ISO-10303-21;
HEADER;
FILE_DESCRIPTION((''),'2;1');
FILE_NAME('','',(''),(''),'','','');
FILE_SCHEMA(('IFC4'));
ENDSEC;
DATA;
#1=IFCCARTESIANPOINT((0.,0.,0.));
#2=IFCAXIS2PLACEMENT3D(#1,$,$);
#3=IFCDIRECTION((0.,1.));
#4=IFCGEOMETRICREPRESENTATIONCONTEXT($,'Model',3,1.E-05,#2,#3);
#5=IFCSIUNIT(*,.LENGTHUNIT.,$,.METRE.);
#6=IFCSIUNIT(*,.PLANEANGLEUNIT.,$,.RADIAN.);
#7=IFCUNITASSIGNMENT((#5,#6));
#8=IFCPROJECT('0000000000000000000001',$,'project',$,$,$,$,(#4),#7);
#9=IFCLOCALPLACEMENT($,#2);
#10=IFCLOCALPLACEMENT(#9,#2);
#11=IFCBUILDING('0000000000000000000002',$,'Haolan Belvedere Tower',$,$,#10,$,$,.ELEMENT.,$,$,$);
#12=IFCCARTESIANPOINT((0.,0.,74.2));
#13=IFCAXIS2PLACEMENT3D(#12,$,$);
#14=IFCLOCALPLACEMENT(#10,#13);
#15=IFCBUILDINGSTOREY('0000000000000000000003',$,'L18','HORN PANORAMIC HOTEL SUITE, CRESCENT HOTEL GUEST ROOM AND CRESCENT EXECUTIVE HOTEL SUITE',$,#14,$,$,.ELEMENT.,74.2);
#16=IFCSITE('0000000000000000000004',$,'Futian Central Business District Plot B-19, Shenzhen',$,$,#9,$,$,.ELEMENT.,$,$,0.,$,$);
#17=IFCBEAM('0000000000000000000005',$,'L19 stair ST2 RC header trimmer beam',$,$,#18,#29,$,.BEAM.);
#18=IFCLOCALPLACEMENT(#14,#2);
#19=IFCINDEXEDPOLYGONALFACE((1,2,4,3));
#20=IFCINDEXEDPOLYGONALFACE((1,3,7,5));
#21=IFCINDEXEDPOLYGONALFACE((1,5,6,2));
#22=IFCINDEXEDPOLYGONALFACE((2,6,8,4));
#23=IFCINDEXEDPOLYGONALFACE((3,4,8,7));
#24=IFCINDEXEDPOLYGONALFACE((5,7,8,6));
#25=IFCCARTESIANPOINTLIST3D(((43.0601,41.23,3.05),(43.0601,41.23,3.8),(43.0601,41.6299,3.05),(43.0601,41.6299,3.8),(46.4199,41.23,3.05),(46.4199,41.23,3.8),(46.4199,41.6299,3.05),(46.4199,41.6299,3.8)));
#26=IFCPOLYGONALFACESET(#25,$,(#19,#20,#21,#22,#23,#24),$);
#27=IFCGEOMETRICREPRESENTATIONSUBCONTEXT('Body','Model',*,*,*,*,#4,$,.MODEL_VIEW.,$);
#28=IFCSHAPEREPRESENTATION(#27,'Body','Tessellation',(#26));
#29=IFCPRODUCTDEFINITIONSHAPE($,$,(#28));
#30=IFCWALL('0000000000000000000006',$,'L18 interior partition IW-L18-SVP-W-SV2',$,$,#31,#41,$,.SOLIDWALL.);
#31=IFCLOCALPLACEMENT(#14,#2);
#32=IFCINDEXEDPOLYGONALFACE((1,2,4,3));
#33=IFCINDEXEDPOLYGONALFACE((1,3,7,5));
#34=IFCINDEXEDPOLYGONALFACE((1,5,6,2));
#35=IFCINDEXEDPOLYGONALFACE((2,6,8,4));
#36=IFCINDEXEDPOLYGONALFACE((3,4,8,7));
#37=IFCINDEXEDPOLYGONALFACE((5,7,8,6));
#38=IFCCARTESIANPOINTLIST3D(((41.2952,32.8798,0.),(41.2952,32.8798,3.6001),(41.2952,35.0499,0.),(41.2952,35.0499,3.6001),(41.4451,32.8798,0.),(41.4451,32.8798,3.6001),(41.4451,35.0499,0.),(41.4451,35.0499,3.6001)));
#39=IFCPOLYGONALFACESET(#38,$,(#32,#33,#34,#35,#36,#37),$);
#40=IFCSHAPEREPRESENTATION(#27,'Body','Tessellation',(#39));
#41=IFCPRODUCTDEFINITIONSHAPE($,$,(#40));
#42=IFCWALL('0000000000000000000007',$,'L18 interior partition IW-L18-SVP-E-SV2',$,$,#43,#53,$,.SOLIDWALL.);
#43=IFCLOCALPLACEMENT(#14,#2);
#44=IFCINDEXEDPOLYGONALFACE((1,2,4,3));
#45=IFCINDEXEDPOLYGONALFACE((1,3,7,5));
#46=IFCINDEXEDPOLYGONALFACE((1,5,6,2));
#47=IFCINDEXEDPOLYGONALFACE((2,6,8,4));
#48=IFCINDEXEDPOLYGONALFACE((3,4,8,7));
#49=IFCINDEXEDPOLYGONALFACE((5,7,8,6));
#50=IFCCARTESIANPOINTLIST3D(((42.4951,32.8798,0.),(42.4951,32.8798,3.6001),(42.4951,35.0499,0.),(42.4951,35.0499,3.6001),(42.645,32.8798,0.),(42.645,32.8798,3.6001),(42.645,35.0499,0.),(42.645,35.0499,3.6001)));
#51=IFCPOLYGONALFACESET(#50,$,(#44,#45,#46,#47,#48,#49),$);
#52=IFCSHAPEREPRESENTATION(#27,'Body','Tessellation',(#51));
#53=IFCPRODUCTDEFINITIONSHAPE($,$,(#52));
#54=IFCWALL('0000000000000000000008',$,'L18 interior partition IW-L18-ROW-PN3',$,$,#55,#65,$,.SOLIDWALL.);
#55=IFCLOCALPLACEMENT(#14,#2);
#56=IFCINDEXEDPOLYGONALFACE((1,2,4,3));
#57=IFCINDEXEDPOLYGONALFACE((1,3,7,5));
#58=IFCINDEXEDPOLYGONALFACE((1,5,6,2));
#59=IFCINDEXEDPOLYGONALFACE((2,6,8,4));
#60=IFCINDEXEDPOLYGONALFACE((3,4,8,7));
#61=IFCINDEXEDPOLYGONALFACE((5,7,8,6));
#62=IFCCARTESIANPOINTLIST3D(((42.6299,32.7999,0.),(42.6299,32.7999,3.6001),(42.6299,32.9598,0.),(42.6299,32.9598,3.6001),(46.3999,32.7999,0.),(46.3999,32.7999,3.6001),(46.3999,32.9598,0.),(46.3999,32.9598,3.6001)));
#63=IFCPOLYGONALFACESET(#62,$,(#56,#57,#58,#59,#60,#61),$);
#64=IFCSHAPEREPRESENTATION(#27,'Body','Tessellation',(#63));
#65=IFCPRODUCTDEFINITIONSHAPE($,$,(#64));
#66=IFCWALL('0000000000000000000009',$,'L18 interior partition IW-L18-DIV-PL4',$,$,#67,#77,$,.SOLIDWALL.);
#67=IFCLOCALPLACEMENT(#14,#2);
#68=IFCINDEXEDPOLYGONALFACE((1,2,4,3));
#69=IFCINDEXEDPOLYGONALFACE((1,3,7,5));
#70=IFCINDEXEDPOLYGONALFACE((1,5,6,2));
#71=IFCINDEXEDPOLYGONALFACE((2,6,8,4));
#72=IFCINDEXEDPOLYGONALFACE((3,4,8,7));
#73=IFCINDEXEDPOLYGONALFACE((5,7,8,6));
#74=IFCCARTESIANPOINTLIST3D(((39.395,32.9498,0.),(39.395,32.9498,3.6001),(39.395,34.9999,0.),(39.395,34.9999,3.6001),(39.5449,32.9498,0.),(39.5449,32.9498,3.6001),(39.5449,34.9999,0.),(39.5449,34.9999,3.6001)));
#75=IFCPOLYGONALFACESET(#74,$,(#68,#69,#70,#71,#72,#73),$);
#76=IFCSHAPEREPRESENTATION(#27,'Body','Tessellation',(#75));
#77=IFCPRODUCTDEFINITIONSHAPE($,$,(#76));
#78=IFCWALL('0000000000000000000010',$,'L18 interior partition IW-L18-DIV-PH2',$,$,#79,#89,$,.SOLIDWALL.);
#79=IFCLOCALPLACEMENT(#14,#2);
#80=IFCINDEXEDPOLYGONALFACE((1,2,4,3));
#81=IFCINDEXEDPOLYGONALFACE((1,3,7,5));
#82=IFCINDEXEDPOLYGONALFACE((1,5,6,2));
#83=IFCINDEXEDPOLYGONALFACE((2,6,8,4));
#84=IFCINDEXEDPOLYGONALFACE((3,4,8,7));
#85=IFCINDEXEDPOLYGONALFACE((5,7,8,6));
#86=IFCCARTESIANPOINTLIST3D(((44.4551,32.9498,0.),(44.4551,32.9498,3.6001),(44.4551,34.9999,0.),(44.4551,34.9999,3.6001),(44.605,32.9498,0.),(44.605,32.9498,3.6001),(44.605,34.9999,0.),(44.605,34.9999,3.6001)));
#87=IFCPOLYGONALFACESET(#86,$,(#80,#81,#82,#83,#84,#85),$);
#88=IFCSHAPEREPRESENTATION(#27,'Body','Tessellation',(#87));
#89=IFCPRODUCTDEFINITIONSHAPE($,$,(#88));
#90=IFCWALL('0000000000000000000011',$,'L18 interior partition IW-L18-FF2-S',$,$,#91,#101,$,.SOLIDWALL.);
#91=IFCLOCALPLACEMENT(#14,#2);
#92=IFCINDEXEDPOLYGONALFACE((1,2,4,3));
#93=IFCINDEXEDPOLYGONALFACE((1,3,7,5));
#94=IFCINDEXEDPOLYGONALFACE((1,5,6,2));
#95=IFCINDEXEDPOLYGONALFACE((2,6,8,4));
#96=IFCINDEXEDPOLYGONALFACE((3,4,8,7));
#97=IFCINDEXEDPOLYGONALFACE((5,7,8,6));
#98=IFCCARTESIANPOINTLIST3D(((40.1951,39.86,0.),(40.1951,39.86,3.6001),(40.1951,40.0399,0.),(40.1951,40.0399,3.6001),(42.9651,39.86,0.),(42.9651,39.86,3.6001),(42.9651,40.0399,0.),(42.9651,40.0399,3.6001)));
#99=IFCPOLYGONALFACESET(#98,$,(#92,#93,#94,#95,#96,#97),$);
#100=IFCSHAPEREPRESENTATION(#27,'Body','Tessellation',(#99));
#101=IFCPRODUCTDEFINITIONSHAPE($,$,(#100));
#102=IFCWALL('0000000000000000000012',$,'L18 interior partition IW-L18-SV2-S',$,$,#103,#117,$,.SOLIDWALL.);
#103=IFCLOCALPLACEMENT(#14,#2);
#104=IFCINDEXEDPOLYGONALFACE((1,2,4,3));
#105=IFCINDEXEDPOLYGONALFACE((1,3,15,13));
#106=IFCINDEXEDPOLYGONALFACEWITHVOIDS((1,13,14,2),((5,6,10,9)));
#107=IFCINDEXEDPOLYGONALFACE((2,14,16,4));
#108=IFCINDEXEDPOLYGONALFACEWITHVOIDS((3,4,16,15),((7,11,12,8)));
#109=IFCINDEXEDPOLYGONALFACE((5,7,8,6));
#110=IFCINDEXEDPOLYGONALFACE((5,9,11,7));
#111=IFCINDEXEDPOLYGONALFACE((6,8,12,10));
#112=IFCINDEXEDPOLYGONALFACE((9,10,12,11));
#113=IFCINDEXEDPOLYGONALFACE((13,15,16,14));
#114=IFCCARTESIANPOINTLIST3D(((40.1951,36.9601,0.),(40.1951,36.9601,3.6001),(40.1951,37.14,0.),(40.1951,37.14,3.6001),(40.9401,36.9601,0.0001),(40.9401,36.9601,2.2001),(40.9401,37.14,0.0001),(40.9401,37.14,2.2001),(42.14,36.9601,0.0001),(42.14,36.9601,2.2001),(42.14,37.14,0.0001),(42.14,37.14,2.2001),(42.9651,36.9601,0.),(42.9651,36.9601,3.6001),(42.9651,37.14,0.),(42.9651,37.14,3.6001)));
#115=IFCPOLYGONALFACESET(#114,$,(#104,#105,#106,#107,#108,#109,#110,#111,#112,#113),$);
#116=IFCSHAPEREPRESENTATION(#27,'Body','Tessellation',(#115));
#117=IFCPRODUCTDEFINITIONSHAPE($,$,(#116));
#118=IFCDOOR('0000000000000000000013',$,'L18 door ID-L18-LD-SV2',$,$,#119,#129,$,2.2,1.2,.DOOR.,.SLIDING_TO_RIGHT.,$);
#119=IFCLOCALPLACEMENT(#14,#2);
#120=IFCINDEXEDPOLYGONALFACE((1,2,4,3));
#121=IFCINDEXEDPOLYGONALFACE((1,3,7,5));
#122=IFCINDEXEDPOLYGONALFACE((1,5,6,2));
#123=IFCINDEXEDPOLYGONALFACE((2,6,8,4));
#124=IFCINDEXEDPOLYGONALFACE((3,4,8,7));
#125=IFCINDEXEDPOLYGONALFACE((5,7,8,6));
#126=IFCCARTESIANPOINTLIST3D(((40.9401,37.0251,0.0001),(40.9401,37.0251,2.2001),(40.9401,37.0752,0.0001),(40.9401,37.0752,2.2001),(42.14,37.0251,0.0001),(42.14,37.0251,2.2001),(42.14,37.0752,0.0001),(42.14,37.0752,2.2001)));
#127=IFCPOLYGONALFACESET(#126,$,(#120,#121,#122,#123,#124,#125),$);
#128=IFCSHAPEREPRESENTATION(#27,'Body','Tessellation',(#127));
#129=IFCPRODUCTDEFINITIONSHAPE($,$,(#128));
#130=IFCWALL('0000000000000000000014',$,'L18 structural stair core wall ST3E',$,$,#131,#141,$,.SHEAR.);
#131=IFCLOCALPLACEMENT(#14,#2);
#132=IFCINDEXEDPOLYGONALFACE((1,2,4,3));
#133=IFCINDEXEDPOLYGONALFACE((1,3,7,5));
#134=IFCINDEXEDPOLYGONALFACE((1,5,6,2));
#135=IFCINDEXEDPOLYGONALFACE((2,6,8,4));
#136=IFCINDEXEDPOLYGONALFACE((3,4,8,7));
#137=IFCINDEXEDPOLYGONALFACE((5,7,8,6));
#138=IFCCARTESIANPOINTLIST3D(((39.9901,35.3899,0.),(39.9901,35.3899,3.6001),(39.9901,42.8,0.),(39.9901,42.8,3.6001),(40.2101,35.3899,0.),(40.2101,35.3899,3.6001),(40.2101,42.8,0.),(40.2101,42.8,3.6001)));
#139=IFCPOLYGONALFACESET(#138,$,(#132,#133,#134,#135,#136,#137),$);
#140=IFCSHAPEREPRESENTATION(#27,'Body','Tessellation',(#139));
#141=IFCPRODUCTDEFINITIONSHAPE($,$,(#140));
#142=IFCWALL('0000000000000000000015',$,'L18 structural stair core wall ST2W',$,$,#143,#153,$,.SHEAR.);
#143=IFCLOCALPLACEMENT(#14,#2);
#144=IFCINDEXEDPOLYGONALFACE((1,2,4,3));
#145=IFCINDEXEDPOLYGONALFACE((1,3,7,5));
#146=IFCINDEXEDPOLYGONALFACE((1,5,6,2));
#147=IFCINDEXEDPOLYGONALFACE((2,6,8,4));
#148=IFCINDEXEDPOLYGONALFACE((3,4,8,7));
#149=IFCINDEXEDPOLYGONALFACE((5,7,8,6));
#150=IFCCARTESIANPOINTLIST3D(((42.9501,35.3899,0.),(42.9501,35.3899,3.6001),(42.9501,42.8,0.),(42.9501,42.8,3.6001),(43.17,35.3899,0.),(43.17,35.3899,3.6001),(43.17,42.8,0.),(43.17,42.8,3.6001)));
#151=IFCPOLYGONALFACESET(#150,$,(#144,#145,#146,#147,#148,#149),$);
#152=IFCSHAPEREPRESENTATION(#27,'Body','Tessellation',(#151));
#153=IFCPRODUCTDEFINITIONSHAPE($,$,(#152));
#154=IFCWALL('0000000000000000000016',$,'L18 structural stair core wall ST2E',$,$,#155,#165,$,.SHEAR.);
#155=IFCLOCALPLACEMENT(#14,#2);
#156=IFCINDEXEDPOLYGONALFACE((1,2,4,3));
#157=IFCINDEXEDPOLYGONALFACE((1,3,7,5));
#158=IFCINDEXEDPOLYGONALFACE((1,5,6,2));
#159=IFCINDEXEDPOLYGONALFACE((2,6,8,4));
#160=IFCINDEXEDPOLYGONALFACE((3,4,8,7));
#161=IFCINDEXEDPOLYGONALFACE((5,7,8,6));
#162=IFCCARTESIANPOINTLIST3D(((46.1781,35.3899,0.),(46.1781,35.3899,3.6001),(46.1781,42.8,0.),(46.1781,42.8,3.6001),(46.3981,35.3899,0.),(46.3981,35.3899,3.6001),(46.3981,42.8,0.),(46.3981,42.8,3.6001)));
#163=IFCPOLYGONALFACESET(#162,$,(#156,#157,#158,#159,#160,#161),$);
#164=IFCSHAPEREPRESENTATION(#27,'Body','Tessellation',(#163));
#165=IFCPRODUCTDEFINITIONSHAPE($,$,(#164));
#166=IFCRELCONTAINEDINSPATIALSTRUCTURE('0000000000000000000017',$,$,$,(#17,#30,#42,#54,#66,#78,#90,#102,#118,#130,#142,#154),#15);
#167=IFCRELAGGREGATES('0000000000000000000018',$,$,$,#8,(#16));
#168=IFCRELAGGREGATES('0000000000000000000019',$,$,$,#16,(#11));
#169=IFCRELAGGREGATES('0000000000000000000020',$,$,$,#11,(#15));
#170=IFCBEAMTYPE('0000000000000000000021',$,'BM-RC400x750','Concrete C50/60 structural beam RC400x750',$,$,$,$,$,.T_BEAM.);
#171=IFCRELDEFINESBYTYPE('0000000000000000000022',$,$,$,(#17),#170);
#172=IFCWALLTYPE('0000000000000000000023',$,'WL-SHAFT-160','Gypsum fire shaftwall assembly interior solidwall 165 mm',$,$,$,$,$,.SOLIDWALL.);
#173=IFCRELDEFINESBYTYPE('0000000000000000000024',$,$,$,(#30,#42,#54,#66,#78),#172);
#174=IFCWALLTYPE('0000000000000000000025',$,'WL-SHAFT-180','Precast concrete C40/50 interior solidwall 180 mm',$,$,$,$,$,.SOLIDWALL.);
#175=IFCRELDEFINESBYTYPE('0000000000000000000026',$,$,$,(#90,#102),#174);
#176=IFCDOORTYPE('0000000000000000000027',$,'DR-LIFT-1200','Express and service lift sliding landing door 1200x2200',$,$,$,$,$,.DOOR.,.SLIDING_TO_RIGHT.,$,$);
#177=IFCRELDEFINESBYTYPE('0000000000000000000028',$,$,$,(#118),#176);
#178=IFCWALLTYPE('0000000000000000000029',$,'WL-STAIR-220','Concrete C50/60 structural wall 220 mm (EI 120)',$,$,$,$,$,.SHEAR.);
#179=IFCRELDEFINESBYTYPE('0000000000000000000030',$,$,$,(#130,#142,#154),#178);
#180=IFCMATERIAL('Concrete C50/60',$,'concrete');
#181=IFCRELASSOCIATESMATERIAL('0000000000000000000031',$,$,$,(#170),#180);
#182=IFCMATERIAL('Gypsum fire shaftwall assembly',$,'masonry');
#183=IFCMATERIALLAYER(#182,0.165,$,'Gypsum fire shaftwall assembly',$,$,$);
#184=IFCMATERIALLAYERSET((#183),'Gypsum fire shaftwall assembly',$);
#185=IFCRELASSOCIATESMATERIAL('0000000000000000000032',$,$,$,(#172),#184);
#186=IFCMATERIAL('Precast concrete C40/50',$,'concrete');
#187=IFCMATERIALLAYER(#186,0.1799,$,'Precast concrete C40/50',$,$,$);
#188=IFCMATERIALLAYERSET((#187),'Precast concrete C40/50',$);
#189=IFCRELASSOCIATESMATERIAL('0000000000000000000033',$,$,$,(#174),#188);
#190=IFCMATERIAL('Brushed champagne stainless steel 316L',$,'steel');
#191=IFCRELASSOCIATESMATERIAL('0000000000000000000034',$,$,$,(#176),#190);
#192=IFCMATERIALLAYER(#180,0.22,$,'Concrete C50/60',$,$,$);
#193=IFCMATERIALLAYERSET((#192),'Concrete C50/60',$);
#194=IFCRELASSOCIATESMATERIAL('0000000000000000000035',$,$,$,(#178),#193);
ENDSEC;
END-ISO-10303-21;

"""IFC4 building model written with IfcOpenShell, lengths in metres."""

from ifc_helpers import new_model, si_unit, direction, frame, frame_2d, origin, origin_2d, place, context, subcontext, project, spatial, rectangle, extrude, material, layer, layer_set, material_profile, profile_set, type_object, element, fill, save


model = new_model("IFC4")

# Units and contexts
model_context = context("Model", 3, precision=1e-05, world=origin(), true_north=direction((0.0, 1.0)))
body_context = subcontext(model_context, "Body", "Model", "MODEL_VIEW")
ifc_project = project(units=[si_unit("LENGTHUNIT", "METRE"), si_unit("PLANEANGLEUNIT", "RADIAN")], contexts=[model_context])

# Site, building, storey
site_placement = place(None, origin())
site = spatial("IfcSite", under=ifc_project, at=site_placement, Name="Futian Central Business District Plot B-19, Shenzhen", CompositionType="ELEMENT", RefElevation=0.0)
building_placement = place(site_placement, origin())
building = spatial("IfcBuilding", under=site, at=building_placement, Name="Haolan Belvedere Tower", CompositionType="ELEMENT")
storey_placement = place(building_placement, frame((0.0, 0.0, 74.2)))
storey = spatial("IfcBuildingStorey", under=building, at=storey_placement, Name="L18", Description="HORN PANORAMIC HOTEL SUITE, CRESCENT HOTEL GUEST ROOM AND CRESCENT EXECUTIVE HOTEL SUITE", CompositionType="ELEMENT", Elevation=74.2)

# Beam
ifc_material_1 = material(Name="Concrete C50/60", Category="concrete")
ifc_material_profile = material_profile(ifc_material_1, rectangle(XDim=0.3999, YDim=0.75, at=origin_2d()), Name="Concrete C50/60")
ifc_profile_set = profile_set([ifc_material_profile], Name="Concrete C50/60")
beam_type = type_object("IfcBeamType", Name="BM-RC400x750", Description="Concrete C50/60 structural beam RC400x750", PredefinedType="T_BEAM", material=ifc_profile_set)
beam_placement = place(storey_placement, frame((43.0601, 41.4299, 3.425), z_axis=(1.0, 0.0, 0.0), x_axis=(0.0, 1.0, 0.0)))
element("IfcBeam", 1, at=beam_placement, inside=storey, type_object=beam_type, Name="L19 stair ST2 RC header trimmer beam", PredefinedType="BEAM", context=body_context, shape_type="SweptSolid", body=[
    extrude(rectangle(XDim=0.3999, YDim=0.75, at=origin_2d()), origin(), (0.0, 0.0, 1.0), 3.3599),
])

# Walls
ifc_material_2 = material(Name="Gypsum fire shaftwall assembly", Category="masonry")
ifc_layer_1 = layer(ifc_material_2, 0.165, Name="Gypsum fire shaftwall assembly")
ifc_layer_set_1 = layer_set([ifc_layer_1], Name="Gypsum fire shaftwall assembly")
wall_type_1 = type_object("IfcWallType", Name="WL-SHAFT-160", Description="Gypsum fire shaftwall assembly interior solidwall 165 mm", PredefinedType="SOLIDWALL", material=ifc_layer_set_1)
for number, where, z_axis, x_axis, name in (
    (2, (41.3701, 32.8799, 0.0), (0.0, 0.0, 1.0), (0.0, 1.0, 0.0), "L18 interior partition IW-L18-SVP-W-SV2"),
    (3, (42.5701, 32.8799, 0.0), (0.0, 0.0, 1.0), (0.0, 1.0, 0.0), "L18 interior partition IW-L18-SVP-E-SV2"),
):
    element("IfcWall", number, at=place(storey_placement, frame(where, z_axis=z_axis, x_axis=x_axis)), inside=storey, type_object=wall_type_1, Name=name, PredefinedType="SOLIDWALL", context=body_context, shape_type="SweptSolid", body=[
        extrude(rectangle(XDim=2.1702, YDim=0.1499, at=frame_2d((1.085, 0.0))), origin(), (0.0, 0.0, 1.0), 3.6001),
    ])
wall_1_placement = place(storey_placement, frame((42.6299, 32.8799, 0.0), z_axis=(0.0, 0.0, 1.0), x_axis=(1.0, 0.0, 0.0)))
element("IfcWall", 4, at=wall_1_placement, inside=storey, type_object=wall_type_1, Name="L18 interior partition IW-L18-ROW-PN3", PredefinedType="SOLIDWALL", context=body_context, shape_type="SweptSolid", body=[
    extrude(rectangle(XDim=3.77, YDim=0.1599, at=frame_2d((1.885, 0.0))), origin(), (0.0, 0.0, 1.0), 3.6001),
])
for number, where, z_axis, x_axis, name in (
    (5, (39.47, 32.95, 0.0), (0.0, 0.0, 1.0), (0.0, 1.0, 0.0), "L18 interior partition IW-L18-DIV-PL4"),
    (6, (44.53, 32.95, 0.0), (0.0, 0.0, 1.0), (0.0, 1.0, 0.0), "L18 interior partition IW-L18-DIV-PH2"),
):
    element("IfcWall", number, at=place(storey_placement, frame(where, z_axis=z_axis, x_axis=x_axis)), inside=storey, type_object=wall_type_1, Name=name, PredefinedType="SOLIDWALL", context=body_context, shape_type="SweptSolid", body=[
        extrude(rectangle(XDim=2.05, YDim=0.1499, at=frame_2d((1.0249, 0.0))), origin(), (0.0, 0.0, 1.0), 3.6001),
    ])
ifc_material_3 = material(Name="Precast concrete C40/50", Category="concrete")
ifc_layer_2 = layer(ifc_material_3, 0.1799, Name="Precast concrete C40/50")
ifc_layer_set_2 = layer_set([ifc_layer_2], Name="Precast concrete C40/50")
wall_type_2 = type_object("IfcWallType", Name="WL-SHAFT-180", Description="Precast concrete C40/50 interior solidwall 180 mm", PredefinedType="SOLIDWALL", material=ifc_layer_set_2)
wall_2_placement = place(storey_placement, frame((40.1951, 39.95, 0.0), z_axis=(0.0, 0.0, 1.0), x_axis=(1.0, 0.0, 0.0)))
element("IfcWall", 7, at=wall_2_placement, inside=storey, type_object=wall_type_2, Name="L18 interior partition IW-L18-FF2-S", PredefinedType="SOLIDWALL", context=body_context, shape_type="SweptSolid", body=[
    extrude(rectangle(XDim=2.77, YDim=0.1799, at=frame_2d((1.385, 0.0))), origin(), (0.0, 0.0, 1.0), 3.6001),
])

# Wall, opening, door
wall_3_placement = place(storey_placement, frame((40.1951, 37.05, 0.0), z_axis=(0.0, 0.0, 1.0), x_axis=(1.0, 0.0, 0.0)))
wall_3 = element("IfcWall", 8, at=wall_3_placement, inside=storey, type_object=wall_type_2, Name="L18 interior partition IW-L18-SV2-S", PredefinedType="SOLIDWALL", context=body_context, shape_type="SweptSolid", body=[
    extrude(rectangle(XDim=2.77, YDim=0.1799, at=frame_2d((1.385, 0.0))), origin(), (0.0, 0.0, 1.0), 3.6001),
])
opening_1_placement = place(wall_3_placement, frame((1.9451, 0.0, 0.0), z_axis=(0.0, 0.0, 1.0), x_axis=(-1.0, 0.0, 0.0)))
opening_1 = element("IfcOpeningElement", 9, at=opening_1_placement, cuts=wall_3, PredefinedType="OPENING", context=body_context, shape_type="SweptSolid", body=[
    extrude(rectangle(XDim=1.2, YDim=2.2, at=frame_2d((0.6001, 1.1001))), frame((0.0, 0.0999, 0.0), z_axis=(0.0, -1.0, 0.0), x_axis=(1.0, 0.0, 0.0)), (0.0, 0.0, 1.0), 0.2),
])
ifc_material_4 = material(Name="Brushed champagne stainless steel 316L", Category="steel")
door_type_1 = type_object("IfcDoorType", Name="DR-LIFT-1200", Description="Express and service lift sliding landing door 1200x2200", OperationType="SLIDING_TO_RIGHT", PredefinedType="DOOR", material=ifc_material_4)
door_1_placement = place(opening_1_placement, origin())
door_1 = element("IfcDoor", 10, at=door_1_placement, inside=storey, type_object=door_type_1, Name="L18 door ID-L18-LD-SV2", OperationType="SLIDING_TO_RIGHT", OverallHeight=2.2, OverallWidth=1.2, PredefinedType="DOOR", context=body_context, shape_type="SweptSolid", body=[
    extrude(rectangle(XDim=1.2, YDim=2.2, at=frame_2d((0.6001, 1.1001))), frame((0.0, 0.0249, 0.0), z_axis=(0.0, -1.0, 0.0), x_axis=(1.0, 0.0, 0.0)), (0.0, 0.0, 1.0), 0.05),
])
fill(opening_1, door_1)

# Walls
ifc_layer_3 = layer(ifc_material_1, 0.22, Name="Concrete C50/60")
ifc_layer_set_3 = layer_set([ifc_layer_3], Name="Concrete C50/60")
wall_type_3 = type_object("IfcWallType", Name="WL-STAIR-220", Description="Concrete C50/60 structural wall 220 mm (EI 120)", PredefinedType="SHEAR", material=ifc_layer_set_3)
for number, where, z_axis, x_axis, name in (
    (11, (40.1001, 35.3899, 0.0), (0.0, 0.0, 1.0), (0.0, 1.0, 0.0), "L18 structural stair core wall ST3E"),
    (12, (43.0601, 35.3899, 0.0), (0.0, 0.0, 1.0), (0.0, 1.0, 0.0), "L18 structural stair core wall ST2W"),
    (13, (46.2881, 35.3899, 0.0), (0.0, 0.0, 1.0), (0.0, 1.0, 0.0), "L18 structural stair core wall ST2E"),
):
    element("IfcWall", number, at=place(storey_placement, frame(where, z_axis=z_axis, x_axis=x_axis)), inside=storey, type_object=wall_type_3, Name=name, PredefinedType="SHEAR", context=body_context, shape_type="SweptSolid", body=[
        extrude(rectangle(XDim=7.4102, YDim=0.22, at=frame_2d((3.7051, 0.0))), origin(), (0.0, 0.0, 1.0), 3.6001),
    ])

save(model, "model.ifc")
